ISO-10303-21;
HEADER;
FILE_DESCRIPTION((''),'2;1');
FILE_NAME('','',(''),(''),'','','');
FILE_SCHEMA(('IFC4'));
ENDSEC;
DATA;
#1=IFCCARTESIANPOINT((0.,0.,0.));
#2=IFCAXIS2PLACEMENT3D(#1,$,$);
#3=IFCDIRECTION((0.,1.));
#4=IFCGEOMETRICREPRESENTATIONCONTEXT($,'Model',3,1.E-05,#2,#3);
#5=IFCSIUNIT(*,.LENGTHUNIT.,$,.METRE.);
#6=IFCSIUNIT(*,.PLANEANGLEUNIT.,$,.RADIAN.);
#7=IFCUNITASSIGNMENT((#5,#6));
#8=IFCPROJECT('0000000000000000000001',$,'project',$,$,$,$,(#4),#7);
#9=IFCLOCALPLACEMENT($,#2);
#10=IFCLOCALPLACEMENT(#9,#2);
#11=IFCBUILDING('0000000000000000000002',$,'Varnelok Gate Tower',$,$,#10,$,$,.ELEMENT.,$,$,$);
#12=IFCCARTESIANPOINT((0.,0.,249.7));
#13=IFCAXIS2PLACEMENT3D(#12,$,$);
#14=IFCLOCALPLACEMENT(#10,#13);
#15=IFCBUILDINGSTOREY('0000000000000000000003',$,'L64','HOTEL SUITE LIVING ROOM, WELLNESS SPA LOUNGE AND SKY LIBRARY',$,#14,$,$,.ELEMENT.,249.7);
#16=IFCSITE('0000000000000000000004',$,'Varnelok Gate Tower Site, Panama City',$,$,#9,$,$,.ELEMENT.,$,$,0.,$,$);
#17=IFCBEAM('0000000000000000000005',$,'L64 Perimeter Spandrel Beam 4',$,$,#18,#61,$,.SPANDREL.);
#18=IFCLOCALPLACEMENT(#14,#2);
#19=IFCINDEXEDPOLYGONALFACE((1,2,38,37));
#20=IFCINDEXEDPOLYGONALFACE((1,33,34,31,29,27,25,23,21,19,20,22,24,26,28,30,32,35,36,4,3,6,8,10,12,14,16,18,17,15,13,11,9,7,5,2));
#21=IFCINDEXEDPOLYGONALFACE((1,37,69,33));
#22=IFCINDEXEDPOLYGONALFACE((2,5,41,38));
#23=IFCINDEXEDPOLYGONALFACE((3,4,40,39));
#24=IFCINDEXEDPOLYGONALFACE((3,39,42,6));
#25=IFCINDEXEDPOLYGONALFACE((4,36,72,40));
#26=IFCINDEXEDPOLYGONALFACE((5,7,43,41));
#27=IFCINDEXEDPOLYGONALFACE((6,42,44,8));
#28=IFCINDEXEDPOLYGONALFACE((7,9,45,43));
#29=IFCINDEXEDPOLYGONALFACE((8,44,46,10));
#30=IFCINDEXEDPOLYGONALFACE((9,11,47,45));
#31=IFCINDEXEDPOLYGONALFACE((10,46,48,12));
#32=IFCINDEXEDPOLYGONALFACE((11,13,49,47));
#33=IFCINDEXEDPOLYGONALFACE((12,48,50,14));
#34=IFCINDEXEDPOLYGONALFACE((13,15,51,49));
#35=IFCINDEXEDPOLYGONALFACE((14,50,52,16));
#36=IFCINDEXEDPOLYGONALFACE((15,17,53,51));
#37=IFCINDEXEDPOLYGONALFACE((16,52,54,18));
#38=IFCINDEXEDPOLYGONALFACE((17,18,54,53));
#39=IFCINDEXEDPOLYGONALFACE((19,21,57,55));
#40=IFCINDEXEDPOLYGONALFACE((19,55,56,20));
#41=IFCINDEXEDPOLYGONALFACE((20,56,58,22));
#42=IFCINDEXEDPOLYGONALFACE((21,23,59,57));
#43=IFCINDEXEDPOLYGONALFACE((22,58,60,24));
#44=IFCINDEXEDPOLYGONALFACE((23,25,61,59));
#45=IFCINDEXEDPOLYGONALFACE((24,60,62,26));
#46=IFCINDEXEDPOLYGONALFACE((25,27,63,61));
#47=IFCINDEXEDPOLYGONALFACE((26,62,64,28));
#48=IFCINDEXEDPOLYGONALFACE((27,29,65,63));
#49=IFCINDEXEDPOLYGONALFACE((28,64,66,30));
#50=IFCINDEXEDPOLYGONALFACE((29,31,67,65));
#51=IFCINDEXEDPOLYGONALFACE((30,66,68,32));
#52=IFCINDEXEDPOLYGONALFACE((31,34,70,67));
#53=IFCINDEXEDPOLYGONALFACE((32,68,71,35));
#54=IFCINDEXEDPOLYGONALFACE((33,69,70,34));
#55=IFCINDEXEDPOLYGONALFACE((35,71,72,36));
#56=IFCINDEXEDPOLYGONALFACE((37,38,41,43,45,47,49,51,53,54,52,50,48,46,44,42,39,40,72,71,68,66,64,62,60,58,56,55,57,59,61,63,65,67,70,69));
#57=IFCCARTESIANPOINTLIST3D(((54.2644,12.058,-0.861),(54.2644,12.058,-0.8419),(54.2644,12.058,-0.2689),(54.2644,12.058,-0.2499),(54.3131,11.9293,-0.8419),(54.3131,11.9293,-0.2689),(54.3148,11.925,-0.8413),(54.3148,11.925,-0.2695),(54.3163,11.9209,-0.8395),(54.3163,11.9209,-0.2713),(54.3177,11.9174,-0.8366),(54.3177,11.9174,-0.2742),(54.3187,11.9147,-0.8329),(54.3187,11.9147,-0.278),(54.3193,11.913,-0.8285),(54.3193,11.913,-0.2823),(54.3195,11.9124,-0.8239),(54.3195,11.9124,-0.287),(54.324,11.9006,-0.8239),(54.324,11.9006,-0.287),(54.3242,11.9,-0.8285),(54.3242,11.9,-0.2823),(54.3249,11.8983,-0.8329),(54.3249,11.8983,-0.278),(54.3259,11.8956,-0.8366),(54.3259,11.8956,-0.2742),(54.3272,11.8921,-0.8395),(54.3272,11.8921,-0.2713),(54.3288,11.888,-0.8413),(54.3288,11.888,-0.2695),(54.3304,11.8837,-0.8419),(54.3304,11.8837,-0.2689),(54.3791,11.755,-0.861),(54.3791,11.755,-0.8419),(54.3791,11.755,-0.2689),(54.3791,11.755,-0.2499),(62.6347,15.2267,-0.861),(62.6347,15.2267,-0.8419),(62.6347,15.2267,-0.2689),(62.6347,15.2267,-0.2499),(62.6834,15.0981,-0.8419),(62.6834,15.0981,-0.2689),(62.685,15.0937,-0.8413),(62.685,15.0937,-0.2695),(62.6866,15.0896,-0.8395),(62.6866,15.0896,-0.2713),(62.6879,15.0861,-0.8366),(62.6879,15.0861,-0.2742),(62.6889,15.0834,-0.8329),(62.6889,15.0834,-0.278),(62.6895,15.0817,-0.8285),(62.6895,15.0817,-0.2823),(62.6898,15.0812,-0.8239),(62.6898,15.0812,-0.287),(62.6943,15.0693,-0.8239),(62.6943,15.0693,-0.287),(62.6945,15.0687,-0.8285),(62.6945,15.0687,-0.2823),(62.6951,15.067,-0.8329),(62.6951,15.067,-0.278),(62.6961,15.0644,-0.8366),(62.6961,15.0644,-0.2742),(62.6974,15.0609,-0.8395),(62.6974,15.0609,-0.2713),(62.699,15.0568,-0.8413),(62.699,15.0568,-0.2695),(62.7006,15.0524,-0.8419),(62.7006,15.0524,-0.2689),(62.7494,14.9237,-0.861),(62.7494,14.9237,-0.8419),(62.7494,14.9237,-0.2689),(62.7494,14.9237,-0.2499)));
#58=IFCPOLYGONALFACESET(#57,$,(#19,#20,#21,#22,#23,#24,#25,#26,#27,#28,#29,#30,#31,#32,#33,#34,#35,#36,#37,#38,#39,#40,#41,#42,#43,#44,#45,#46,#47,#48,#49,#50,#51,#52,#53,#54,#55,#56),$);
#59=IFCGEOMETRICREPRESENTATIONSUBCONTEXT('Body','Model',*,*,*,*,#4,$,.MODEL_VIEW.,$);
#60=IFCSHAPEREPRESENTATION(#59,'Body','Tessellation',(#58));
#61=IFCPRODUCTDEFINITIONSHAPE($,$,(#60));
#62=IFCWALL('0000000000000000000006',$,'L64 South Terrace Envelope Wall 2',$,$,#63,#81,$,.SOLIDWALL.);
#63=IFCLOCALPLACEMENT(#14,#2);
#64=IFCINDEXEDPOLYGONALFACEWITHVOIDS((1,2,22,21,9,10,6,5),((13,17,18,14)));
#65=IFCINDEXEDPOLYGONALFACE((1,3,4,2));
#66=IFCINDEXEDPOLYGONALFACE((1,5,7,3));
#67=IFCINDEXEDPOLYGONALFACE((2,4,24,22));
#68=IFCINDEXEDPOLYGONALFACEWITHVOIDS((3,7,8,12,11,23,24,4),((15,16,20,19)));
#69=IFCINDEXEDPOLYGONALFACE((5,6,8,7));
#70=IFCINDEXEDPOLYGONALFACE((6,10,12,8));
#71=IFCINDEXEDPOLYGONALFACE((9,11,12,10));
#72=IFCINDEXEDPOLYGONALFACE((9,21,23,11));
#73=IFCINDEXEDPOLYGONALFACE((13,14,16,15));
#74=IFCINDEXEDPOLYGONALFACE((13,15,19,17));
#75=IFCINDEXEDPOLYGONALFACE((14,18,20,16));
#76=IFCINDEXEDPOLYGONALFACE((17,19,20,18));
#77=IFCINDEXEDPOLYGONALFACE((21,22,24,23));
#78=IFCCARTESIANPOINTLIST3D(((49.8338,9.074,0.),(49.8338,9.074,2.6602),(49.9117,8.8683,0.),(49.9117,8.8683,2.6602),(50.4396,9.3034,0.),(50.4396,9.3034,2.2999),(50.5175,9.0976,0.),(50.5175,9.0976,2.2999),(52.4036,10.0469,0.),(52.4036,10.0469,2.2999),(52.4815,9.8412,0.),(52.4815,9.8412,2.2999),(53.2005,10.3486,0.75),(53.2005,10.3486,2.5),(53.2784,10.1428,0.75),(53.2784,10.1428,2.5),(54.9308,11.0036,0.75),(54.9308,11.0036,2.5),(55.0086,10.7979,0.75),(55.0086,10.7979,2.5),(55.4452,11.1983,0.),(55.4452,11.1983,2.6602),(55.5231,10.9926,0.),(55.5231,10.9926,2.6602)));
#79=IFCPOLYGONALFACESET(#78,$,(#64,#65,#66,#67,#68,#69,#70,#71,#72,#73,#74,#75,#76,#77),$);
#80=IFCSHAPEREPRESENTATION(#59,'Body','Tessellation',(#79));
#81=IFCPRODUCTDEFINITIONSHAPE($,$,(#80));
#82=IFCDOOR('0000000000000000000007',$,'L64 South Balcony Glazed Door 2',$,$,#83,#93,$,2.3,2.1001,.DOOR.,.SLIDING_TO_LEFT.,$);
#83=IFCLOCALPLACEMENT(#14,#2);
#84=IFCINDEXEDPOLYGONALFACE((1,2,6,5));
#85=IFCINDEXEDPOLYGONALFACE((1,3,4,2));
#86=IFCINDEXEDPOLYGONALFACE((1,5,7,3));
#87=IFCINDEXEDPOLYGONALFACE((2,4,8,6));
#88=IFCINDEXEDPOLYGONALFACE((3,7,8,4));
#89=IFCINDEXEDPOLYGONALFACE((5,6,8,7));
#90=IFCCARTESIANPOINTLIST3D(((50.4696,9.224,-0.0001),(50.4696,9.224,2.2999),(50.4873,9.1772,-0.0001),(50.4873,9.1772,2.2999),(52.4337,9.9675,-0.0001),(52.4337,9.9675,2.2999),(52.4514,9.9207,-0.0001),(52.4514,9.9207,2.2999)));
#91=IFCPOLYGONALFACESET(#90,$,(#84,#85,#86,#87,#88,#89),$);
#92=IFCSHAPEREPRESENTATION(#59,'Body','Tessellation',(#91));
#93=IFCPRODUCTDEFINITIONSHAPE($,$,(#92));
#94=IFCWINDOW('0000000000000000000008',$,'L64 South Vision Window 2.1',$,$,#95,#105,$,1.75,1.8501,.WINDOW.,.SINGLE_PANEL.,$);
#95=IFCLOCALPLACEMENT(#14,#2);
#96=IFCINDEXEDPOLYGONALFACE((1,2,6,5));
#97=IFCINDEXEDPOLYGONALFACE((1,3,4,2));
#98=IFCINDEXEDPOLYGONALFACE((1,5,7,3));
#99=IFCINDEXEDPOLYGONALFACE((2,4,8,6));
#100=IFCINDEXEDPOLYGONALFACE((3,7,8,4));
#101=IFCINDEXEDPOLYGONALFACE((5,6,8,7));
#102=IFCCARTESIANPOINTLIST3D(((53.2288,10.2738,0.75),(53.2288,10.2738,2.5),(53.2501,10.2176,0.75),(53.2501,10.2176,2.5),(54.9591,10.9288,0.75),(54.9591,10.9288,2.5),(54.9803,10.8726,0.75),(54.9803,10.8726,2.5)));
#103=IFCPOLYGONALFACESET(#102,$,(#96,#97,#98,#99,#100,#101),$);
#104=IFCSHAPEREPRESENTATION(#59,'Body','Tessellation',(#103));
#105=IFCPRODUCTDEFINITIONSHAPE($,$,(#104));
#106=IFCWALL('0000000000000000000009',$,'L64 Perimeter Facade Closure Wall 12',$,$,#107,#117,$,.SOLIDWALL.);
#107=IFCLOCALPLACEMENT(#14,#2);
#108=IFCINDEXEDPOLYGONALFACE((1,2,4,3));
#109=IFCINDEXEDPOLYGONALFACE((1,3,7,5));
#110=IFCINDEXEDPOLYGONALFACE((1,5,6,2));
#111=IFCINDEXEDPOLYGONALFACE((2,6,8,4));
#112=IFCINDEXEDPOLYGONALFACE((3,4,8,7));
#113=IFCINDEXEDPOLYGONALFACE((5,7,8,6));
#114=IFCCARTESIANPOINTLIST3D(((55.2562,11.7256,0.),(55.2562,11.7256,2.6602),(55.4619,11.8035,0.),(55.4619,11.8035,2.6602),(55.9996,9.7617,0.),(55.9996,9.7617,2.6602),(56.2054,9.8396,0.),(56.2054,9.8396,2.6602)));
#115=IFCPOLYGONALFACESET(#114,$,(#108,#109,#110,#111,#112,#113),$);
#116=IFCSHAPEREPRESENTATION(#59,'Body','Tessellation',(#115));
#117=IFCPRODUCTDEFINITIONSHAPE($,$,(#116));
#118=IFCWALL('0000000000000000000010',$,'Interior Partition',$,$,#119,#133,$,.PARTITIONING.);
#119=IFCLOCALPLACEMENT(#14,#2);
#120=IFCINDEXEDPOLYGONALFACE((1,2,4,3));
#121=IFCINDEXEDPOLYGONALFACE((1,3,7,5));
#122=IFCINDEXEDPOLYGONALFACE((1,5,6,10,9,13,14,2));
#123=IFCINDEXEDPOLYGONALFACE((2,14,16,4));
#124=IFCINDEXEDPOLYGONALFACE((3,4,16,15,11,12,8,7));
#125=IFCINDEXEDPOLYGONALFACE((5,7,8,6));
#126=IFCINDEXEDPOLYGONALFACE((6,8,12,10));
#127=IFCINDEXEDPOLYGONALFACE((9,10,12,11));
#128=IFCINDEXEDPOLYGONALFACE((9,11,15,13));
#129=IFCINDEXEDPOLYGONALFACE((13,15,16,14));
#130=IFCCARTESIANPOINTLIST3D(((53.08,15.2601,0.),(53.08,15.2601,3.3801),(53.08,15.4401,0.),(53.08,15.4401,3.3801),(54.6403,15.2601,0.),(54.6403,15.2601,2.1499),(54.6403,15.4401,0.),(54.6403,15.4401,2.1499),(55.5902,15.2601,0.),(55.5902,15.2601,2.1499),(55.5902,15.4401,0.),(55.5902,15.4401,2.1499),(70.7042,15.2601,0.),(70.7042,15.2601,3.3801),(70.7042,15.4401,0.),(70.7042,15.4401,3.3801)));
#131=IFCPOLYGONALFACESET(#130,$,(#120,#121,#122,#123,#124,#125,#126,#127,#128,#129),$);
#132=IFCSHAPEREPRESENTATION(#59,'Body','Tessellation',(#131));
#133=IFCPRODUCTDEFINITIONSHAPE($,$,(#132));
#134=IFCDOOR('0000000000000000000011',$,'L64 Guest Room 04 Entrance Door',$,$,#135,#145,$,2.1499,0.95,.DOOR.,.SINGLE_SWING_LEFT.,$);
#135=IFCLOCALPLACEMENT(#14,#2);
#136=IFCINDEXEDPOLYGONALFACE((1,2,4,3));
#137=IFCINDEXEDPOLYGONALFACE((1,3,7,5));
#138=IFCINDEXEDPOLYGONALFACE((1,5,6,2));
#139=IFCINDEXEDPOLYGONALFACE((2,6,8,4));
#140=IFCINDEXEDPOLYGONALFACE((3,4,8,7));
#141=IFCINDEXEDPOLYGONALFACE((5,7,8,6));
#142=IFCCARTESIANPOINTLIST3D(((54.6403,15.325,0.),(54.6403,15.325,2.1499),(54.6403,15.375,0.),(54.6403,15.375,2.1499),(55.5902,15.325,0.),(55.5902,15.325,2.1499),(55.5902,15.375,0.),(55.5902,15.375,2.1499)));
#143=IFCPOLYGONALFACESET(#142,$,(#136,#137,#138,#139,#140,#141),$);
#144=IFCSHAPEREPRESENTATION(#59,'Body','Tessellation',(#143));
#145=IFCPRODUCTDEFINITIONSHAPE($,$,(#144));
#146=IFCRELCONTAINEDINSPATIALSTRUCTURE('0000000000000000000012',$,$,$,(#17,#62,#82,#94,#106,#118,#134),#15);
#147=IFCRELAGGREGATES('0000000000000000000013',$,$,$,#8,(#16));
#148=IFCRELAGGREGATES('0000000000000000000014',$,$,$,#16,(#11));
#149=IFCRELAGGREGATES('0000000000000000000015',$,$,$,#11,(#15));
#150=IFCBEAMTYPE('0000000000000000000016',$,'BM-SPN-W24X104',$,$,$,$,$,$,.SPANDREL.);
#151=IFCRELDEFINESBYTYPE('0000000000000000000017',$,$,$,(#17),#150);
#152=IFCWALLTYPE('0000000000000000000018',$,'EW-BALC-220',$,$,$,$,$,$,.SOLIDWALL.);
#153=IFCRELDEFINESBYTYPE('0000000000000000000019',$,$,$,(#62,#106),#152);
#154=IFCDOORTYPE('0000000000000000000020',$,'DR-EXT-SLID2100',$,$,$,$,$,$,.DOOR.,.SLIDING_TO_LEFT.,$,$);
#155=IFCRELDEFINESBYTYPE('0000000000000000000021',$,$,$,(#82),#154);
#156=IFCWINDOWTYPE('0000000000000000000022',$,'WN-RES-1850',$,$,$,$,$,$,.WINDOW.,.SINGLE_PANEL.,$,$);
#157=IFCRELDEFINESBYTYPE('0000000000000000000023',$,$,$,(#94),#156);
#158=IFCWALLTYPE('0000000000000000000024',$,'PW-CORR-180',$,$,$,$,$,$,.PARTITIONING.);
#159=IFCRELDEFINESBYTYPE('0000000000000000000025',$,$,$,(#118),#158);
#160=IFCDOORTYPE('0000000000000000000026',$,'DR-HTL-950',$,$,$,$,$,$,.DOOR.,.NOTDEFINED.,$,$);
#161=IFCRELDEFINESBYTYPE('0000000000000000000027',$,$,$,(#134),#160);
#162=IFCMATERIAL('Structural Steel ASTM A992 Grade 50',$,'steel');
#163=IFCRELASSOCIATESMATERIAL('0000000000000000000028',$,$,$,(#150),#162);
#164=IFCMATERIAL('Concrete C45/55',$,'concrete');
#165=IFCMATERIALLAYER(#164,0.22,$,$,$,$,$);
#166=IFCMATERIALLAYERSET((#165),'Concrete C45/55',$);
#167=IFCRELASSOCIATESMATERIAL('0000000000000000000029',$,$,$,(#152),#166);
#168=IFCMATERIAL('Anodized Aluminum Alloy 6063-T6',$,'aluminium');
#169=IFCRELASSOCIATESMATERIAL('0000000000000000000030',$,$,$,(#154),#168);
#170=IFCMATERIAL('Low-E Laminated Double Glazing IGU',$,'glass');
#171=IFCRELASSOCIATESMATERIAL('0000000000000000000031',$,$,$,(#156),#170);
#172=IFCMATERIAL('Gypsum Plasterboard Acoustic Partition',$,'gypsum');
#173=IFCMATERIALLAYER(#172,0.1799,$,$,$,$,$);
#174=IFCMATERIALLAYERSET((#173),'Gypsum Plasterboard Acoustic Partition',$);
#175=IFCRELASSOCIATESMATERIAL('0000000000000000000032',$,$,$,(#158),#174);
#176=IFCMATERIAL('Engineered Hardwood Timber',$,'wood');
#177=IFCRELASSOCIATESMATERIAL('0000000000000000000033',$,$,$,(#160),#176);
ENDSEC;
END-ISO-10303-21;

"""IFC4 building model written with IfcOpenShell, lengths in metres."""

from ifc_helpers import new_model, si_unit, direction, frame, frame_2d, origin, origin_2d, place, context, subcontext, project, spatial, rectangle, i_section, extrude, material, layer, layer_set, material_profile, profile_set, type_object, element, fill, save


model = new_model("IFC4")

# Units and contexts
model_context = context("Model", 3, precision=1e-05, world=origin(), true_north=direction((0.0, 1.0)))
body_context = subcontext(model_context, "Body", "Model", "MODEL_VIEW")
ifc_project = project(units=[si_unit("LENGTHUNIT", "METRE"), si_unit("PLANEANGLEUNIT", "RADIAN")], contexts=[model_context])

# Site, building, storey
site_placement = place(None, origin())
site = spatial("IfcSite", under=ifc_project, at=site_placement, Name="Varnelok Gate Tower Site, Panama City", CompositionType="ELEMENT", RefElevation=0.0)
building_placement = place(site_placement, origin())
building = spatial("IfcBuilding", under=site, at=building_placement, Name="Varnelok Gate Tower", CompositionType="ELEMENT")
storey_placement = place(building_placement, frame((0.0, 0.0, 249.7)))
storey = spatial("IfcBuildingStorey", under=building, at=storey_placement, Name="L64", Description="HOTEL SUITE LIVING ROOM, WELLNESS SPA LOUNGE AND SKY LIBRARY", CompositionType="ELEMENT", Elevation=249.7)

# Shared definitions
ifc_material_1 = material(Name="Structural Steel ASTM A992 Grade 50", Category="steel")

# Beam
ifc_material_profile_1 = material_profile(ifc_material_1, i_section(OverallWidth=0.324, OverallDepth=0.6111, WebThickness=0.0127, FlangeThickness=0.019, FilletRadius=0.0181, at=origin_2d()), Name="W24X104")
ifc_profile_set_1 = profile_set([ifc_material_profile_1], Name="Structural Steel ASTM A992 Grade 50")
beam_type_1 = type_object("IfcBeamType", Name="BM-SPN-W24X104", PredefinedType="SPANDREL", material=ifc_profile_set_1)
beam_1_placement = place(storey_placement, frame((54.3218, 11.9065, -0.5554), z_axis=(0.935226, 0.354051, 0.0), x_axis=(-0.354051, 0.935226, 0.0)))
element("IfcBeam", 1, at=beam_1_placement, inside=storey, type_object=beam_type_1, Name="L64 Perimeter Spandrel Beam 4", PredefinedType="SPANDREL", context=body_context, shape_type="SweptSolid", body=[
    extrude(i_section(OverallWidth=0.324, OverallDepth=0.6111, WebThickness=0.0127, FlangeThickness=0.019, FilletRadius=0.0181, at=origin_2d()), origin(), (0.0, 0.0, 1.0), 8.95),
])

# Wall, openings, door, window
ifc_material_2 = material(Name="Concrete C45/55", Category="concrete")
ifc_layer_1 = layer(ifc_material_2, 0.22)
ifc_layer_set_1 = layer_set([ifc_layer_1], Name="Concrete C45/55")
wall_type_1 = type_object("IfcWallType", Name="EW-BALC-220", PredefinedType="SOLIDWALL", material=ifc_layer_set_1)
wall_1_placement = place(storey_placement, frame((55.4841, 11.0955, 0.0), z_axis=(0.0, 0.0, 1.0), x_axis=(-0.935228, -0.354047, 0.0)))
wall_1 = element("IfcWall", 2, at=wall_1_placement, inside=storey, type_object=wall_type_1, Name="L64 South Terrace Envelope Wall 2", PredefinedType="SOLIDWALL", context=body_context, shape_type="SweptSolid", body=[
    extrude(rectangle(XDim=6.0, YDim=0.22, at=frame_2d((3.0, 0.0))), origin(), (0.0, 0.0, 1.0), 2.6602),
])
opening_1_placement = place(wall_1_placement, frame((3.2522, 0.0, 0.0)))
opening_1 = element("IfcOpeningElement", 3, at=opening_1_placement, cuts=wall_1, PredefinedType="OPENING", context=body_context, shape_type="SweptSolid", body=[
    extrude(rectangle(XDim=2.1001, YDim=2.3, at=frame_2d((1.05, 1.1499))), frame((0.0, 0.1199, 0.0), z_axis=(0.0, -1.0, 0.0), x_axis=(1.0, 0.0, 0.0)), (0.0, 0.0, 1.0), 0.24),
])
opening_2_placement = place(wall_1_placement, frame((0.55, 0.0, 0.75)))
opening_2 = element("IfcOpeningElement", 4, at=opening_2_placement, cuts=wall_1, PredefinedType="OPENING", context=body_context, shape_type="SweptSolid", body=[
    extrude(rectangle(XDim=1.8501, YDim=1.75, at=frame_2d((0.925, 0.875))), frame((0.0, 0.1199, 0.0), z_axis=(0.0, -1.0, 0.0), x_axis=(1.0, 0.0, 0.0)), (0.0, 0.0, 1.0), 0.24),
])
ifc_material_3 = material(Name="Anodized Aluminum Alloy 6063-T6", Category="aluminium")
door_type_1 = type_object("IfcDoorType", Name="DR-EXT-SLID2100", OperationType="SLIDING_TO_LEFT", PredefinedType="DOOR", material=ifc_material_3)
door_1_placement = place(opening_1_placement, origin())
door_1 = element("IfcDoor", 5, at=door_1_placement, inside=storey, type_object=door_type_1, Name="L64 South Balcony Glazed Door 2", OperationType="SLIDING_TO_LEFT", OverallHeight=2.3, OverallWidth=2.1001, PredefinedType="DOOR", context=body_context, shape_type="SweptSolid", body=[
    extrude(rectangle(XDim=2.1001, YDim=2.3, at=frame_2d((1.05, 1.1499))), frame((0.0, 0.0249, 0.0), z_axis=(0.0, -1.0, 0.0), x_axis=(1.0, 0.0, 0.0)), (0.0, 0.0, 1.0), 0.05),
])
fill(opening_1, door_1)
ifc_material_4 = material(Name="Low-E Laminated Double Glazing IGU", Category="glass")
window_type = type_object("IfcWindowType", Name="WN-RES-1850", PartitioningType="SINGLE_PANEL", PredefinedType="WINDOW", material=ifc_material_4)
window_placement = place(opening_2_placement, origin())
window = element("IfcWindow", 6, at=window_placement, inside=storey, type_object=window_type, Name="L64 South Vision Window 2.1", OverallHeight=1.75, OverallWidth=1.8501, PartitioningType="SINGLE_PANEL", PredefinedType="WINDOW", context=body_context, shape_type="SweptSolid", body=[
    extrude(rectangle(XDim=1.8501, YDim=1.75, at=frame_2d((0.925, 0.875))), frame((0.0, 0.03, 0.0), z_axis=(0.0, -1.0, 0.0), x_axis=(1.0, 0.0, 0.0)), (0.0, 0.0, 1.0), 0.0601),
])
fill(opening_2, window)

# Wall
wall_2_placement = place(storey_placement, frame((55.3591, 11.7644, 0.0), z_axis=(0.0, 0.0, 1.0), x_axis=(0.354027, -0.935235, 0.0)))
element("IfcWall", 7, at=wall_2_placement, inside=storey, type_object=wall_type_1, Name="L64 Perimeter Facade Closure Wall 12", PredefinedType="SOLIDWALL", context=body_context, shape_type="SweptSolid", body=[
    extrude(rectangle(XDim=2.0999, YDim=0.22, at=frame_2d((1.0498, 0.0))), origin(), (0.0, 0.0, 1.0), 2.6602),
])

# Wall, opening, door
ifc_material_5 = material(Name="Gypsum Plasterboard Acoustic Partition", Category="gypsum")
ifc_layer_2 = layer(ifc_material_5, 0.1799)
ifc_layer_set_2 = layer_set([ifc_layer_2], Name="Gypsum Plasterboard Acoustic Partition")
wall_type_2 = type_object("IfcWallType", Name="PW-CORR-180", PredefinedType="PARTITIONING", material=ifc_layer_set_2)
wall_3_placement = place(storey_placement, frame((53.0801, 15.3501, 0.0), z_axis=(0.0, 0.0, 1.0), x_axis=(1.0, 0.0, 0.0)))
wall_3 = element("IfcWall", 8, at=wall_3_placement, inside=storey, type_object=wall_type_2, Name="Interior Partition", PredefinedType="PARTITIONING", context=body_context, shape_type="SweptSolid", body=[
    extrude(rectangle(XDim=17.6243, YDim=0.1799, at=frame_2d((8.812, 0.0))), origin(), (0.0, 0.0, 1.0), 3.3801),
])
opening_3_placement = place(wall_3_placement, frame((1.5601, 0.0, 0.0)))
opening_3 = element("IfcOpeningElement", 9, at=opening_3_placement, cuts=wall_3, PredefinedType="OPENING", context=body_context, shape_type="SweptSolid", body=[
    extrude(rectangle(XDim=0.95, YDim=2.1499, at=frame_2d((0.4751, 1.075))), frame((0.0, 0.0999, 0.0), z_axis=(0.0, -1.0, 0.0), x_axis=(1.0, 0.0, 0.0)), (0.0, 0.0, 1.0), 0.2),
])
ifc_material_6 = material(Name="Engineered Hardwood Timber", Category="wood")
door_type_2 = type_object("IfcDoorType", Name="DR-HTL-950", OperationType="NOTDEFINED", PredefinedType="DOOR", material=ifc_material_6)
door_2_placement = place(opening_3_placement, origin())
door_2 = element("IfcDoor", 10, at=door_2_placement, inside=storey, type_object=door_type_2, Name="L64 Guest Room 04 Entrance Door", OperationType="SINGLE_SWING_LEFT", OverallHeight=2.1499, OverallWidth=0.95, PredefinedType="DOOR", context=body_context, shape_type="SweptSolid", body=[
    extrude(rectangle(XDim=0.95, YDim=2.1499, at=frame_2d((0.4751, 1.075))), frame((0.0, 0.0249, 0.0), z_axis=(0.0, -1.0, 0.0), x_axis=(1.0, 0.0, 0.0)), (0.0, 0.0, 1.0), 0.05),
])
fill(opening_3, door_2)

save(model, "model.ifc")
